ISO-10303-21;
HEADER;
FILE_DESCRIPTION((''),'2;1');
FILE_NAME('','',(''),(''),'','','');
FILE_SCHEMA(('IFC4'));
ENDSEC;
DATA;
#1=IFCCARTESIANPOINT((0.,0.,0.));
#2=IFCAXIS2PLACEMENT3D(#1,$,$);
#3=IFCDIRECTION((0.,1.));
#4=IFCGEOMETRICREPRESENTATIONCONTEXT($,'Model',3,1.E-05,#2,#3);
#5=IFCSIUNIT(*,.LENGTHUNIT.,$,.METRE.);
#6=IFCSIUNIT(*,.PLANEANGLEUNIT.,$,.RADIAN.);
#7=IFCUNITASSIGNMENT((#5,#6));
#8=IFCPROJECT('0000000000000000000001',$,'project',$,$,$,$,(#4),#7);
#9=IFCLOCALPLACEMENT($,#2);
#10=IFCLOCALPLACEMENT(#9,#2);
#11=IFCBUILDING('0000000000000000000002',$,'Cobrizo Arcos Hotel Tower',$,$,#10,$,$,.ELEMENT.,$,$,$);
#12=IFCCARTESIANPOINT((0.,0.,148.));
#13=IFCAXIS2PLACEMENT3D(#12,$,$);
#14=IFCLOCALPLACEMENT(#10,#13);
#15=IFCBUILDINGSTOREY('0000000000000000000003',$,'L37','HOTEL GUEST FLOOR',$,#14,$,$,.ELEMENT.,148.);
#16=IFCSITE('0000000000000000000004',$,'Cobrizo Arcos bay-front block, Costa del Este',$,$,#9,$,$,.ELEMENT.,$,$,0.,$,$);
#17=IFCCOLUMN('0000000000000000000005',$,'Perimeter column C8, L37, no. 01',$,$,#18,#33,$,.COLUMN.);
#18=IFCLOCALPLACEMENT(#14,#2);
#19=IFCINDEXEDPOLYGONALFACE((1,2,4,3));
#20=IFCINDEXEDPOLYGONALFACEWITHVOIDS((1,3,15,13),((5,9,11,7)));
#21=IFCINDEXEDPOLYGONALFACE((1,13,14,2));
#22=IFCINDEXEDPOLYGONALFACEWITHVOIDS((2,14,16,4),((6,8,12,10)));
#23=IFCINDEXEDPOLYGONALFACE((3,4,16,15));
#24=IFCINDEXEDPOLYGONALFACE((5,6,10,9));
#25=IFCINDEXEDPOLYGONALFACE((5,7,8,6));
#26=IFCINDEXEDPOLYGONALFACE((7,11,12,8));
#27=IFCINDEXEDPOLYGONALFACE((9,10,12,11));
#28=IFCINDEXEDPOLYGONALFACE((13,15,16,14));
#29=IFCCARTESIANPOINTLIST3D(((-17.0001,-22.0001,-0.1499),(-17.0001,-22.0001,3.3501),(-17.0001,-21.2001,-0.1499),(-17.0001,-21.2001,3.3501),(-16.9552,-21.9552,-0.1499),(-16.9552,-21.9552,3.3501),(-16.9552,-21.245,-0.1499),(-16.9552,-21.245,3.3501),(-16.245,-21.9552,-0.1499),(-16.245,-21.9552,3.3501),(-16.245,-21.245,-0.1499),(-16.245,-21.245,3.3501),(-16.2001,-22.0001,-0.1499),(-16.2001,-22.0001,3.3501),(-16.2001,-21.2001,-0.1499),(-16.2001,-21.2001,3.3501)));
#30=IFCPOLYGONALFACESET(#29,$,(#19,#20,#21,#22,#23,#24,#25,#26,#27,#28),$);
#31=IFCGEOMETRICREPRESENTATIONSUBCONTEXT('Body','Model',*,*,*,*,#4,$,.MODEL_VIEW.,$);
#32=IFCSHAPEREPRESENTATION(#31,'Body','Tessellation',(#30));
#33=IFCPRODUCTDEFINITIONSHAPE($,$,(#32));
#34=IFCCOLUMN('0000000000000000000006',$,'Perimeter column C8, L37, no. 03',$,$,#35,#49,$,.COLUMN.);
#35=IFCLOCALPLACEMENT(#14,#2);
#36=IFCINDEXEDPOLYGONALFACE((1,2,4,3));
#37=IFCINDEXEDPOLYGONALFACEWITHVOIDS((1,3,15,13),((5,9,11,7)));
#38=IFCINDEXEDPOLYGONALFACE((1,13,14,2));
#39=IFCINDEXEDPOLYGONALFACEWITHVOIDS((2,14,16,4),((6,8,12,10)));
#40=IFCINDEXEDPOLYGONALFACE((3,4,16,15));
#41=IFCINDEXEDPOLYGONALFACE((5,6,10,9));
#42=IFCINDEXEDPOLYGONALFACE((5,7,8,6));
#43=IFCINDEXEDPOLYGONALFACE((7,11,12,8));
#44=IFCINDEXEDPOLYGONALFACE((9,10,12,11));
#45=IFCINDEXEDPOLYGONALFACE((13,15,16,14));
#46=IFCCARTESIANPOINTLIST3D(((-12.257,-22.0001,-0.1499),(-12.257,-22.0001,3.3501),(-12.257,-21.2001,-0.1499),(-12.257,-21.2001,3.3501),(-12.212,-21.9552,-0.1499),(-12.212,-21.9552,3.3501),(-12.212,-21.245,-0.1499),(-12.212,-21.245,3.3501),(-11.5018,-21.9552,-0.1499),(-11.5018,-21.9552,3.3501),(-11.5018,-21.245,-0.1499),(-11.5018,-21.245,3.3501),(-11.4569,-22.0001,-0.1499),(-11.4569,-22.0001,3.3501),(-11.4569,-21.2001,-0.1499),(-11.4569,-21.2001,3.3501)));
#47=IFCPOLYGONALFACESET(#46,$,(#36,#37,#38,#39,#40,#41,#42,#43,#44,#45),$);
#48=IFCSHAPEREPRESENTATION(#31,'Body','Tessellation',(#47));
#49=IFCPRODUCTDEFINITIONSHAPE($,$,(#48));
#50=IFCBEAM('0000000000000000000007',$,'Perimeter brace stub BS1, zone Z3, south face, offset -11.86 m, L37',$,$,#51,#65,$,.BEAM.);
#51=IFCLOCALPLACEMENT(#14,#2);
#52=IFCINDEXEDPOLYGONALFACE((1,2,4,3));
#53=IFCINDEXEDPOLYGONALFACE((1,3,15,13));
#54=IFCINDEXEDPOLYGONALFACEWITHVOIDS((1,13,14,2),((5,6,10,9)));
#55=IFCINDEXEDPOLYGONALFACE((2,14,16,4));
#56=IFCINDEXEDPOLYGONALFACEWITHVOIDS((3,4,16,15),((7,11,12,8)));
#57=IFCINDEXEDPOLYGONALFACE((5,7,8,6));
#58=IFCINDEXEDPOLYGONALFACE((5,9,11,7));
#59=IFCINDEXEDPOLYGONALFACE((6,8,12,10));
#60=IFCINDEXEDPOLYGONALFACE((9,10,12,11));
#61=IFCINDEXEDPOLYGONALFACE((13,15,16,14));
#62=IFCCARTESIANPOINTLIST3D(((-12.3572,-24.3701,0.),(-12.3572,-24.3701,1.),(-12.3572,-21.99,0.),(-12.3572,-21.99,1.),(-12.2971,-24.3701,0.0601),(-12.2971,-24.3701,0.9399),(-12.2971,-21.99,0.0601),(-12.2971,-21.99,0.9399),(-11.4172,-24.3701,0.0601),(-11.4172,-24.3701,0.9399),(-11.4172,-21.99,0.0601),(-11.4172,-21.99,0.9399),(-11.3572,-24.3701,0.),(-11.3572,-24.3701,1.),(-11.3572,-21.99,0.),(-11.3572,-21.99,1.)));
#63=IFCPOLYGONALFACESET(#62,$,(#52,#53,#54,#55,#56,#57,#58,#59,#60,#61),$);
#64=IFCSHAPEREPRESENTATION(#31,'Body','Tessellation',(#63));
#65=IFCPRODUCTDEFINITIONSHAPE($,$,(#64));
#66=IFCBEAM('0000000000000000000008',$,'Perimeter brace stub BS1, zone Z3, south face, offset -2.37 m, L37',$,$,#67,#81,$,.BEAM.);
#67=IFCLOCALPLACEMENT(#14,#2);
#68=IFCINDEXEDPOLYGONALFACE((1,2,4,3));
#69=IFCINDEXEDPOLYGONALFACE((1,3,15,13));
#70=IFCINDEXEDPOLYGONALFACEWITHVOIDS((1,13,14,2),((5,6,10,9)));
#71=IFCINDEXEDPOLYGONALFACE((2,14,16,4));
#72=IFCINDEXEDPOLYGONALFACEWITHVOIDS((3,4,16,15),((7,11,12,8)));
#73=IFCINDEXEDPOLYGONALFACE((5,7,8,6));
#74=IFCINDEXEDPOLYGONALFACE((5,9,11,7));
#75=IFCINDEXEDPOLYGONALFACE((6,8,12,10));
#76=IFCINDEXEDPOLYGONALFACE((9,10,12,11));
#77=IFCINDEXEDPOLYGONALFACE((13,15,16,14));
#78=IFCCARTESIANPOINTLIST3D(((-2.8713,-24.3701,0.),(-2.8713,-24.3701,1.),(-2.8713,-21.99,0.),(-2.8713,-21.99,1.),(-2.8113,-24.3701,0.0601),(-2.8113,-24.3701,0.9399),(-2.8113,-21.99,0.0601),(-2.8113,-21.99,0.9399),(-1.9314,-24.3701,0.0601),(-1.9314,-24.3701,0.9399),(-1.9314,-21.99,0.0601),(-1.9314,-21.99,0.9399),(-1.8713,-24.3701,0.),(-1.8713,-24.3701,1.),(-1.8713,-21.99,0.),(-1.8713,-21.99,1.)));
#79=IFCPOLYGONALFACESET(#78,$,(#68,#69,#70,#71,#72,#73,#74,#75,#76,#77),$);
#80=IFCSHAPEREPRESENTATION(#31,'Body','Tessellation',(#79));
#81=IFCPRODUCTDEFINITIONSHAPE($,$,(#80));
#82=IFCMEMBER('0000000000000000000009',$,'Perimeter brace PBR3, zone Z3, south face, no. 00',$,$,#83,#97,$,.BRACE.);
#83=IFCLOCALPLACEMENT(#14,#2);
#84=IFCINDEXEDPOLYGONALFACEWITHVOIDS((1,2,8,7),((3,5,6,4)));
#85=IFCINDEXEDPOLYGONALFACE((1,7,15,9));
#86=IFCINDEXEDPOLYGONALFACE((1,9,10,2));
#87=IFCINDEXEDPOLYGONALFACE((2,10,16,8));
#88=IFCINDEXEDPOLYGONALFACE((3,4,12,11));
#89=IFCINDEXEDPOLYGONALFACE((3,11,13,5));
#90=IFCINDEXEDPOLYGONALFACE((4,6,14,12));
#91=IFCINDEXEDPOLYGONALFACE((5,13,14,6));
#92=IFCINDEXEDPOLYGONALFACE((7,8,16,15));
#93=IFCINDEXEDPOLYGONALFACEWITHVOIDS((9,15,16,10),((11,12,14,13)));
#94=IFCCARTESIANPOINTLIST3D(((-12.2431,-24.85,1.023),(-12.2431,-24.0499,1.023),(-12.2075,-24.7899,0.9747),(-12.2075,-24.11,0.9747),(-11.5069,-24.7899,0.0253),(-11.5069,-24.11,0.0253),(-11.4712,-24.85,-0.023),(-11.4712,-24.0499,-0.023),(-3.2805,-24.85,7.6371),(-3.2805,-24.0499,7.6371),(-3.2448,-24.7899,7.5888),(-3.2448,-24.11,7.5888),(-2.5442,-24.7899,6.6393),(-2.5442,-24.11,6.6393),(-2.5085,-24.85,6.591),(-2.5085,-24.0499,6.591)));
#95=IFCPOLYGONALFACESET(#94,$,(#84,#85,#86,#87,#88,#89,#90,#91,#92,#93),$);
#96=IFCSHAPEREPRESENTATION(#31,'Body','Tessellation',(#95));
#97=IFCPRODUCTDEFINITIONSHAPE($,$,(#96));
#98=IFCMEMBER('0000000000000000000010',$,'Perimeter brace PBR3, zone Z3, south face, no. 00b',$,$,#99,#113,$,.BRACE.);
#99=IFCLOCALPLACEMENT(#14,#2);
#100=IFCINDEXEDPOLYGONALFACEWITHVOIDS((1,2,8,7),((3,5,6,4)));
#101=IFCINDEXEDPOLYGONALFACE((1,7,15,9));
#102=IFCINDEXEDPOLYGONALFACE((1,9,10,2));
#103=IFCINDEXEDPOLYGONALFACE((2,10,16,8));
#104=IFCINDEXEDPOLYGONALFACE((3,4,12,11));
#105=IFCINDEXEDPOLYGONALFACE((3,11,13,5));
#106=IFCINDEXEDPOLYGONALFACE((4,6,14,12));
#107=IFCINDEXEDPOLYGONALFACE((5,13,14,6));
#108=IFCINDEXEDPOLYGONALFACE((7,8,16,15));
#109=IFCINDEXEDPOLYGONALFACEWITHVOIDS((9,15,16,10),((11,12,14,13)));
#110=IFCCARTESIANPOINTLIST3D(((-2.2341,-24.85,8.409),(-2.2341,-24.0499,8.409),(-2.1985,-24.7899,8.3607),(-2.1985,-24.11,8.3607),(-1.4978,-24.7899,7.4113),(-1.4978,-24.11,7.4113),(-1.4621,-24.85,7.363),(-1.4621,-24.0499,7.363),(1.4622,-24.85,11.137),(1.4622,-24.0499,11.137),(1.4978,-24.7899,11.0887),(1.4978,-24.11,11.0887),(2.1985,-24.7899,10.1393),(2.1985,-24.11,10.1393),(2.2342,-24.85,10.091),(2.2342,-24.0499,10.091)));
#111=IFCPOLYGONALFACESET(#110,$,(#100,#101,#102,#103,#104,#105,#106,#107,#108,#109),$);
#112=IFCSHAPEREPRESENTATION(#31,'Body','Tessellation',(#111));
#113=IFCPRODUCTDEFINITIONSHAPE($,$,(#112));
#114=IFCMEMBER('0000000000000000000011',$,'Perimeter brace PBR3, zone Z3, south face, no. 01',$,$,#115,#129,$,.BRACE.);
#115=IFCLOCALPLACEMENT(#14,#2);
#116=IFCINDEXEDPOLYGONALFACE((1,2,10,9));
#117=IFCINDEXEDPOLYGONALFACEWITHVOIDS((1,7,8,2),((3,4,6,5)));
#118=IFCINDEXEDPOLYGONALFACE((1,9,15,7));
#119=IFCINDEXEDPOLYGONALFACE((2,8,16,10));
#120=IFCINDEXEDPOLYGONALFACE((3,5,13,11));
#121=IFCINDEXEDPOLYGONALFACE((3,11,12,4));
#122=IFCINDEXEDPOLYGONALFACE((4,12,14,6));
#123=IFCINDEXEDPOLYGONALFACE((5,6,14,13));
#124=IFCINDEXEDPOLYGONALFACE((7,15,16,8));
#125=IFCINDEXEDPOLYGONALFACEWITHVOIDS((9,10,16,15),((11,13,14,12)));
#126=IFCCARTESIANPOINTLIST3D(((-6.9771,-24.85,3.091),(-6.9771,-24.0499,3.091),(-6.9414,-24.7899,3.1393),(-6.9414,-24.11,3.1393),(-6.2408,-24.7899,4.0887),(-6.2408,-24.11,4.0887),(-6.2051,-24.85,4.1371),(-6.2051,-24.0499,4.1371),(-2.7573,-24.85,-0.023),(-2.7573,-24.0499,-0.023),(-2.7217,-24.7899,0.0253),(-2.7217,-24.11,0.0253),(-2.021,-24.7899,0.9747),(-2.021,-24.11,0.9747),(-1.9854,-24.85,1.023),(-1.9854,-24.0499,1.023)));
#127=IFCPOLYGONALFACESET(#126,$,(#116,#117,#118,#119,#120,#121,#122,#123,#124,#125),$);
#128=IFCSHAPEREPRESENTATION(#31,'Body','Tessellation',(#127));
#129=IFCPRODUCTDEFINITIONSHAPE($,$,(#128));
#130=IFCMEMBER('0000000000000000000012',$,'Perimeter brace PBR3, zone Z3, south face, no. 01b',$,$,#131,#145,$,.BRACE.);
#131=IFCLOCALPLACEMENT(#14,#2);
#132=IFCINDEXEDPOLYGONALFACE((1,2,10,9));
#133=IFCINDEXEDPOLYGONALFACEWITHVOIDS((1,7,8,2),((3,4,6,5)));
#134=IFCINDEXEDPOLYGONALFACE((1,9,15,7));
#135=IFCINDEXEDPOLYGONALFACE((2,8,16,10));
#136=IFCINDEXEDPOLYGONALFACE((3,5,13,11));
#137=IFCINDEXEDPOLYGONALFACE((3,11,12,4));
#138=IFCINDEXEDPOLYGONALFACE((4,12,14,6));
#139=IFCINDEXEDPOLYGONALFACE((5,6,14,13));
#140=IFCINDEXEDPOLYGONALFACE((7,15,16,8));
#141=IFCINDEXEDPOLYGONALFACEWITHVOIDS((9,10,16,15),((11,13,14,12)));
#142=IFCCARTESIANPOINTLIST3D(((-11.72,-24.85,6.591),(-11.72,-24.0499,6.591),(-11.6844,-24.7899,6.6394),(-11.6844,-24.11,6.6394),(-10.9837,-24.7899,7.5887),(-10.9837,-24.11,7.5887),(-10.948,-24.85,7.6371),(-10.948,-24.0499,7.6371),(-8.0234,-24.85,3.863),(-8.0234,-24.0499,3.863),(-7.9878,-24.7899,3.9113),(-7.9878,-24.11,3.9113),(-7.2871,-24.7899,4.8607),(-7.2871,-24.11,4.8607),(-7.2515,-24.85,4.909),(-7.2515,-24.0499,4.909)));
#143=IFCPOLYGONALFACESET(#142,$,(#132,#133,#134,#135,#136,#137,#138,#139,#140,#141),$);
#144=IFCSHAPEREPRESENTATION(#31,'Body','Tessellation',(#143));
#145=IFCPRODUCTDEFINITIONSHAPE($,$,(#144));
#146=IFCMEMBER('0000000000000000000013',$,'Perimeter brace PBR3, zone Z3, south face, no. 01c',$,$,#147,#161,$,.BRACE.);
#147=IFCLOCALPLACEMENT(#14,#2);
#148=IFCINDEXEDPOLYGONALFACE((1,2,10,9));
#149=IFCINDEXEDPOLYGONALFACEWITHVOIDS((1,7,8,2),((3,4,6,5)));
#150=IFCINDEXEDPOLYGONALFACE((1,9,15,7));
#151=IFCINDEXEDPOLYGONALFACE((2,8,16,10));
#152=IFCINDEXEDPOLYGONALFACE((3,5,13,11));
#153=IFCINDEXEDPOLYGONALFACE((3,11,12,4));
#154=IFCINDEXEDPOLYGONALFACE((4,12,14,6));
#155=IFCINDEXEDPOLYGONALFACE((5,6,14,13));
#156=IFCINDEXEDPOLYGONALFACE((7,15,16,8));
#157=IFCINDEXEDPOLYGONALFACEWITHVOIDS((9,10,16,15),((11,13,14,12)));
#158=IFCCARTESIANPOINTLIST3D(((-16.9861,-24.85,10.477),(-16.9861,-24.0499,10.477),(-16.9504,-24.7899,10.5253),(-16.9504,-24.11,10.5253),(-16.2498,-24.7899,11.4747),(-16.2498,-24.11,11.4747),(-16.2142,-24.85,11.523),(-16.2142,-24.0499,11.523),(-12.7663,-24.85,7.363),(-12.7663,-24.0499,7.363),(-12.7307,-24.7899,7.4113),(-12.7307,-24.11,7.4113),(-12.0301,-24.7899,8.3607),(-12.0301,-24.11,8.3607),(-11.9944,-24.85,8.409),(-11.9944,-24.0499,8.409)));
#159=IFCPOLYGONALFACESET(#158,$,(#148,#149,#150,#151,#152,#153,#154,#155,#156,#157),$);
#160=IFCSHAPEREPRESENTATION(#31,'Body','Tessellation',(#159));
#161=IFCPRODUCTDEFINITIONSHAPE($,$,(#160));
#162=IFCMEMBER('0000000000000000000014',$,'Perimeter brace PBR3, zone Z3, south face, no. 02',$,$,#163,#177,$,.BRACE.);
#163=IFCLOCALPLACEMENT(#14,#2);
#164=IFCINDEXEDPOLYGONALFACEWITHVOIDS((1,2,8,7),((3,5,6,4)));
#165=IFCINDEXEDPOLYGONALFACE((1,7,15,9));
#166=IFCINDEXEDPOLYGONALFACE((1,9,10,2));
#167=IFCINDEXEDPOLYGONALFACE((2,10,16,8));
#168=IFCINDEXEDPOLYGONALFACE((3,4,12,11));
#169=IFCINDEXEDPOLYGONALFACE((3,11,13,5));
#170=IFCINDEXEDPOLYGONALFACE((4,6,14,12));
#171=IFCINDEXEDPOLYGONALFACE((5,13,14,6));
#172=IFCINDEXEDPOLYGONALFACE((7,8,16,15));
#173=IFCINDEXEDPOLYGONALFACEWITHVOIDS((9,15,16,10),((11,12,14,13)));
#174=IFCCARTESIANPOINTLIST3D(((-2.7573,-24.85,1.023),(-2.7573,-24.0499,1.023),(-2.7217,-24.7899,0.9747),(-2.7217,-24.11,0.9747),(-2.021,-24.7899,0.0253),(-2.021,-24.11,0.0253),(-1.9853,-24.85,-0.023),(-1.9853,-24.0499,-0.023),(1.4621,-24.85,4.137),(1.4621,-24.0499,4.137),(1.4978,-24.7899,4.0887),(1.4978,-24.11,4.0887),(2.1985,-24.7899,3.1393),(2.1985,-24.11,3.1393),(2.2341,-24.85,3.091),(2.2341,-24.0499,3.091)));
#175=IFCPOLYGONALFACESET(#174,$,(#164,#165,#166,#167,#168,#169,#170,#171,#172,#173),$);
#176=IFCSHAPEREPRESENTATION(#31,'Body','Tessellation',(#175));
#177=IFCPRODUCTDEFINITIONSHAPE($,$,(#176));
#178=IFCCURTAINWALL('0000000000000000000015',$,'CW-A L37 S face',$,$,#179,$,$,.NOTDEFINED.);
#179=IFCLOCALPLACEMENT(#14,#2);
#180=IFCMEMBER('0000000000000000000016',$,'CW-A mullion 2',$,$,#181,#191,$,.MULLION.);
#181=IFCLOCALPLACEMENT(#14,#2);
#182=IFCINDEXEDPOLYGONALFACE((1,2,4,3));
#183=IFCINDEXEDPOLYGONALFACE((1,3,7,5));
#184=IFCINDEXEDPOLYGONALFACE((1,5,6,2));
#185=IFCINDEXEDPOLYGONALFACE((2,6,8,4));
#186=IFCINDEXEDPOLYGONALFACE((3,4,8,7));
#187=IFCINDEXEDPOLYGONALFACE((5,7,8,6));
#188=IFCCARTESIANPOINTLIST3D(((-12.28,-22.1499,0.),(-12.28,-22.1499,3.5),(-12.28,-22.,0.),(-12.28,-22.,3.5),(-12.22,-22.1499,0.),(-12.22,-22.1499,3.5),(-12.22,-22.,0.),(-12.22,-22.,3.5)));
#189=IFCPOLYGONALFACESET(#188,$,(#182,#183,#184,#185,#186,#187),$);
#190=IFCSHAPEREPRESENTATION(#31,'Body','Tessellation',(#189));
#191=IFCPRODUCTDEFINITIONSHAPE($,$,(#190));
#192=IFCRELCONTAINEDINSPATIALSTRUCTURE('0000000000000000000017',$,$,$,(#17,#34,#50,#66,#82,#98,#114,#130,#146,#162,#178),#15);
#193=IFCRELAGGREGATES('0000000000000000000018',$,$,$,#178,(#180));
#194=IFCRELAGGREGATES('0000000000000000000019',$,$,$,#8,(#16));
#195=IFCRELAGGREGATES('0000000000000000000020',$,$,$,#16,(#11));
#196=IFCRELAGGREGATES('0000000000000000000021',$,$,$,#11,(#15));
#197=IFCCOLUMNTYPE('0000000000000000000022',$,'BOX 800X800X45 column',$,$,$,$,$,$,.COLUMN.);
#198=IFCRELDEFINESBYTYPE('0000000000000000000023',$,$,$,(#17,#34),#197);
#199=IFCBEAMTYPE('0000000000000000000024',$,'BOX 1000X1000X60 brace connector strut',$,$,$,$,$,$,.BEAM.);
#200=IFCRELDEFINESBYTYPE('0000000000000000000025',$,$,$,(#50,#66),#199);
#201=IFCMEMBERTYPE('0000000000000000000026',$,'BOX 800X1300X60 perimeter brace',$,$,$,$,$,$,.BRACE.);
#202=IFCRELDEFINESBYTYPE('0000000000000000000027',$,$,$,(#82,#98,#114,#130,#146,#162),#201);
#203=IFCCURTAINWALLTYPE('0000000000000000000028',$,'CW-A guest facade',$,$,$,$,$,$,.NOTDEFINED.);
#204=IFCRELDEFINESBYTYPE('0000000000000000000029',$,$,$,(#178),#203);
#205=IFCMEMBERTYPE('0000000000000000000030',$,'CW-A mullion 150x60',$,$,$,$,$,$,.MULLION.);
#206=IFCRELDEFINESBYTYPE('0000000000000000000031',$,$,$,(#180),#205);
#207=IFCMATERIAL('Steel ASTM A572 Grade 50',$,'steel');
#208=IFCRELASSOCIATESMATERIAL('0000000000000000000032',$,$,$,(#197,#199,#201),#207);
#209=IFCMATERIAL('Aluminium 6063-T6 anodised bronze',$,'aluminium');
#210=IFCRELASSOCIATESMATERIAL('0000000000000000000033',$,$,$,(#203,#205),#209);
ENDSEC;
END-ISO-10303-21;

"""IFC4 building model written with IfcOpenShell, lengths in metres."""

from ifc_helpers import new_model, si_unit, direction, frame, origin, origin_2d, place, context, subcontext, project, spatial, rectangle, hollow_rectangle, extrude, material, material_profile, profile_set, type_object, element, aggregate, save


model = new_model("IFC4")

# Units and contexts
model_context = context("Model", 3, precision=1e-05, world=origin(), true_north=direction((0.0, 1.0)))
body_context = subcontext(model_context, "Body", "Model", "MODEL_VIEW")
ifc_project = project(units=[si_unit("LENGTHUNIT", "METRE"), si_unit("PLANEANGLEUNIT", "RADIAN")], contexts=[model_context])

# Site, building, storey
site_placement = place(None, origin())
site = spatial("IfcSite", under=ifc_project, at=site_placement, Name="Cobrizo Arcos bay-front block, Costa del Este", CompositionType="ELEMENT", RefElevation=0.0)
building_placement = place(site_placement, origin())
building = spatial("IfcBuilding", under=site, at=building_placement, Name="Cobrizo Arcos Hotel Tower", CompositionType="ELEMENT")
storey_placement = place(building_placement, frame((0.0, 0.0, 148.0)))
storey = spatial("IfcBuildingStorey", under=building, at=storey_placement, Name="L37", Description="HOTEL GUEST FLOOR", CompositionType="ELEMENT", Elevation=148.0)

# Columns
ifc_material_1 = material(Name="Steel ASTM A572 Grade 50", Category="steel")
ifc_material_profile_1 = material_profile(ifc_material_1, hollow_rectangle(XDim=0.8, YDim=0.8, WallThickness=0.0449, at=origin_2d()), Name="BOX 800X800X45")
ifc_profile_set_1 = profile_set([ifc_material_profile_1], Name="Steel ASTM A572 Grade 50")
column_type = type_object("IfcColumnType", Name="BOX 800X800X45 column", PredefinedType="COLUMN", material=ifc_profile_set_1)
for number, where, z_axis, x_axis, name in (
    (1, (-16.6001, -21.6001, -0.1499), (0.0, 0.0, 1.0), (1.0, 0.0, 0.0), "Perimeter column C8, L37, no. 01"),
    (2, (-11.8569, -21.6001, -0.1499), (0.0, 0.0, 1.0), (1.0, 0.0, 0.0), "Perimeter column C8, L37, no. 03"),
):
    element("IfcColumn", number, at=place(storey_placement, frame(where, z_axis=z_axis, x_axis=x_axis)), inside=storey, type_object=column_type, Name=name, PredefinedType="COLUMN", context=body_context, shape_type="SweptSolid", body=[
        extrude(hollow_rectangle(XDim=0.8, YDim=0.8, WallThickness=0.0449, at=origin_2d()), origin(), (0.0, 0.0, 1.0), 3.5),
    ])

# Beams
ifc_material_profile_2 = material_profile(ifc_material_1, hollow_rectangle(XDim=1.0, YDim=1.0, WallThickness=0.0601, at=origin_2d()), Name="BOX 1000X1000X60")
ifc_profile_set_2 = profile_set([ifc_material_profile_2], Name="Steel ASTM A572 Grade 50")
beam_type_1 = type_object("IfcBeamType", Name="BOX 1000X1000X60 brace connector strut", PredefinedType="BEAM", material=ifc_profile_set_2)
for number, where, z_axis, x_axis, name in (
    (3, (-11.8572, -21.99, 0.5), (0.0, -1.0, 0.0), (1.0, 0.0, 0.0), "Perimeter brace stub BS1, zone Z3, south face, offset -11.86 m, L37"),
    (4, (-2.3713, -21.99, 0.5), (0.0, -1.0, 0.0), (1.0, 0.0, 0.0), "Perimeter brace stub BS1, zone Z3, south face, offset -2.37 m, L37"),
):
    element("IfcBeam", number, at=place(storey_placement, frame(where, z_axis=z_axis, x_axis=x_axis)), inside=storey, type_object=beam_type_1, Name=name, PredefinedType="BEAM", context=body_context, shape_type="SweptSolid", body=[
        extrude(hollow_rectangle(XDim=1.0, YDim=1.0, WallThickness=0.0601, at=origin_2d()), origin(), (0.0, 0.0, 1.0), 2.3801),
    ])

# Members
ifc_material_profile_3 = material_profile(ifc_material_1, hollow_rectangle(XDim=0.8, YDim=1.3, WallThickness=0.0601, at=origin_2d()), Name="BOX 800X1300X60")
ifc_profile_set_3 = profile_set([ifc_material_profile_3], Name="Steel ASTM A572 Grade 50")
member_type_1 = type_object("IfcMemberType", Name="BOX 800X1300X60 perimeter brace", PredefinedType="BRACE", material=ifc_profile_set_3)
member_1_placement = place(storey_placement, frame((-11.8572, -24.45, 0.5), z_axis=(0.804629, 0.0, 0.593778), x_axis=(0.0, 1.0, 0.0)))
element("IfcMember", 5, at=member_1_placement, inside=storey, type_object=member_type_1, Name="Perimeter brace PBR3, zone Z3, south face, no. 00", PredefinedType="BRACE", context=body_context, shape_type="SweptSolid", body=[
    extrude(hollow_rectangle(XDim=0.8, YDim=1.3, WallThickness=0.0601, at=origin_2d()), origin(), (0.0, 0.0, 1.0), 11.1389),
])
member_2_placement = place(storey_placement, frame((-1.8481, -24.45, 7.886), z_axis=(0.804593, 0.0, 0.593826), x_axis=(0.0, 1.0, 0.0)))
element("IfcMember", 6, at=member_2_placement, inside=storey, type_object=member_type_1, Name="Perimeter brace PBR3, zone Z3, south face, no. 00b", PredefinedType="BRACE", context=body_context, shape_type="SweptSolid", body=[
    extrude(hollow_rectangle(XDim=0.8, YDim=1.3, WallThickness=0.0601, at=origin_2d()), origin(), (0.0, 0.0, 1.0), 4.594),
])
member_3_placement = place(storey_placement, frame((-2.3713, -24.45, 0.5), z_axis=(-0.804624, 0.0, 0.593785), x_axis=(0.0, -1.0, 0.0)))
element("IfcMember", 7, at=member_3_placement, inside=storey, type_object=member_type_1, Name="Perimeter brace PBR3, zone Z3, south face, no. 01", PredefinedType="BRACE", context=body_context, shape_type="SweptSolid", body=[
    extrude(hollow_rectangle(XDim=0.8, YDim=1.3, WallThickness=0.0601, at=origin_2d()), origin(), (0.0, 0.0, 1.0), 5.2444),
])
member_4_placement = place(storey_placement, frame((-7.6375, -24.45, 4.386), z_axis=(-0.804612, 0.0, 0.593801), x_axis=(0.0, -1.0, 0.0)))
element("IfcMember", 8, at=member_4_placement, inside=storey, type_object=member_type_1, Name="Perimeter brace PBR3, zone Z3, south face, no. 01b", PredefinedType="BRACE", context=body_context, shape_type="SweptSolid", body=[
    extrude(hollow_rectangle(XDim=0.8, YDim=1.3, WallThickness=0.0601, at=origin_2d()), origin(), (0.0, 0.0, 1.0), 4.5942),
])
member_5_placement = place(storey_placement, frame((-12.3804, -24.45, 7.886), z_axis=(-0.804624, 0.0, 0.593785), x_axis=(0.0, -1.0, 0.0)))
element("IfcMember", 9, at=member_5_placement, inside=storey, type_object=member_type_1, Name="Perimeter brace PBR3, zone Z3, south face, no. 01c", PredefinedType="BRACE", context=body_context, shape_type="SweptSolid", body=[
    extrude(hollow_rectangle(XDim=0.8, YDim=1.3, WallThickness=0.0601, at=origin_2d()), origin(), (0.0, 0.0, 1.0), 5.2444),
])
member_6_placement = place(storey_placement, frame((-2.3713, -24.45, 0.5), z_axis=(0.804607, 0.0, 0.593807), x_axis=(0.0, 1.0, 0.0)))
element("IfcMember", 10, at=member_6_placement, inside=storey, type_object=member_type_1, Name="Perimeter brace PBR3, zone Z3, south face, no. 02", PredefinedType="BRACE", context=body_context, shape_type="SweptSolid", body=[
    extrude(hollow_rectangle(XDim=0.8, YDim=1.3, WallThickness=0.0601, at=origin_2d()), origin(), (0.0, 0.0, 1.0), 5.2441),
])

# Curtain wall, member
ifc_material_2 = material(Name="Aluminium 6063-T6 anodised bronze", Category="aluminium")
curtain_wall_type = type_object("IfcCurtainWallType", Name="CW-A guest facade", PredefinedType="NOTDEFINED", material=ifc_material_2)
curtain_wall_placement = place(storey_placement, origin())
curtain_wall = element("IfcCurtainWall", 11, at=curtain_wall_placement, inside=storey, type_object=curtain_wall_type, Name="CW-A L37 S face", PredefinedType="NOTDEFINED")
ifc_material_profile_4 = material_profile(ifc_material_2, rectangle(XDim=0.1499, YDim=0.0601, at=origin_2d()), Name="CW-A mullion 150x60")
ifc_profile_set_4 = profile_set([ifc_material_profile_4], Name="Aluminium 6063-T6 anodised bronze")
member_type_2 = type_object("IfcMemberType", Name="CW-A mullion 150x60", PredefinedType="MULLION", material=ifc_profile_set_4)
member_7_placement = place(storey_placement, frame((-12.25, -22.075, 0.0), z_axis=(0.0, 0.0, 1.0), x_axis=(0.0, -1.0, 0.0)))
member_7 = element("IfcMember", 12, at=member_7_placement, type_object=member_type_2, Name="CW-A mullion 2", PredefinedType="MULLION", context=body_context, shape_type="SweptSolid", body=[
    extrude(rectangle(XDim=0.1499, YDim=0.0601, at=origin_2d()), origin(), (0.0, 0.0, 1.0), 3.5),
])

aggregate(curtain_wall, [member_7])

save(model, "model.ifc")
